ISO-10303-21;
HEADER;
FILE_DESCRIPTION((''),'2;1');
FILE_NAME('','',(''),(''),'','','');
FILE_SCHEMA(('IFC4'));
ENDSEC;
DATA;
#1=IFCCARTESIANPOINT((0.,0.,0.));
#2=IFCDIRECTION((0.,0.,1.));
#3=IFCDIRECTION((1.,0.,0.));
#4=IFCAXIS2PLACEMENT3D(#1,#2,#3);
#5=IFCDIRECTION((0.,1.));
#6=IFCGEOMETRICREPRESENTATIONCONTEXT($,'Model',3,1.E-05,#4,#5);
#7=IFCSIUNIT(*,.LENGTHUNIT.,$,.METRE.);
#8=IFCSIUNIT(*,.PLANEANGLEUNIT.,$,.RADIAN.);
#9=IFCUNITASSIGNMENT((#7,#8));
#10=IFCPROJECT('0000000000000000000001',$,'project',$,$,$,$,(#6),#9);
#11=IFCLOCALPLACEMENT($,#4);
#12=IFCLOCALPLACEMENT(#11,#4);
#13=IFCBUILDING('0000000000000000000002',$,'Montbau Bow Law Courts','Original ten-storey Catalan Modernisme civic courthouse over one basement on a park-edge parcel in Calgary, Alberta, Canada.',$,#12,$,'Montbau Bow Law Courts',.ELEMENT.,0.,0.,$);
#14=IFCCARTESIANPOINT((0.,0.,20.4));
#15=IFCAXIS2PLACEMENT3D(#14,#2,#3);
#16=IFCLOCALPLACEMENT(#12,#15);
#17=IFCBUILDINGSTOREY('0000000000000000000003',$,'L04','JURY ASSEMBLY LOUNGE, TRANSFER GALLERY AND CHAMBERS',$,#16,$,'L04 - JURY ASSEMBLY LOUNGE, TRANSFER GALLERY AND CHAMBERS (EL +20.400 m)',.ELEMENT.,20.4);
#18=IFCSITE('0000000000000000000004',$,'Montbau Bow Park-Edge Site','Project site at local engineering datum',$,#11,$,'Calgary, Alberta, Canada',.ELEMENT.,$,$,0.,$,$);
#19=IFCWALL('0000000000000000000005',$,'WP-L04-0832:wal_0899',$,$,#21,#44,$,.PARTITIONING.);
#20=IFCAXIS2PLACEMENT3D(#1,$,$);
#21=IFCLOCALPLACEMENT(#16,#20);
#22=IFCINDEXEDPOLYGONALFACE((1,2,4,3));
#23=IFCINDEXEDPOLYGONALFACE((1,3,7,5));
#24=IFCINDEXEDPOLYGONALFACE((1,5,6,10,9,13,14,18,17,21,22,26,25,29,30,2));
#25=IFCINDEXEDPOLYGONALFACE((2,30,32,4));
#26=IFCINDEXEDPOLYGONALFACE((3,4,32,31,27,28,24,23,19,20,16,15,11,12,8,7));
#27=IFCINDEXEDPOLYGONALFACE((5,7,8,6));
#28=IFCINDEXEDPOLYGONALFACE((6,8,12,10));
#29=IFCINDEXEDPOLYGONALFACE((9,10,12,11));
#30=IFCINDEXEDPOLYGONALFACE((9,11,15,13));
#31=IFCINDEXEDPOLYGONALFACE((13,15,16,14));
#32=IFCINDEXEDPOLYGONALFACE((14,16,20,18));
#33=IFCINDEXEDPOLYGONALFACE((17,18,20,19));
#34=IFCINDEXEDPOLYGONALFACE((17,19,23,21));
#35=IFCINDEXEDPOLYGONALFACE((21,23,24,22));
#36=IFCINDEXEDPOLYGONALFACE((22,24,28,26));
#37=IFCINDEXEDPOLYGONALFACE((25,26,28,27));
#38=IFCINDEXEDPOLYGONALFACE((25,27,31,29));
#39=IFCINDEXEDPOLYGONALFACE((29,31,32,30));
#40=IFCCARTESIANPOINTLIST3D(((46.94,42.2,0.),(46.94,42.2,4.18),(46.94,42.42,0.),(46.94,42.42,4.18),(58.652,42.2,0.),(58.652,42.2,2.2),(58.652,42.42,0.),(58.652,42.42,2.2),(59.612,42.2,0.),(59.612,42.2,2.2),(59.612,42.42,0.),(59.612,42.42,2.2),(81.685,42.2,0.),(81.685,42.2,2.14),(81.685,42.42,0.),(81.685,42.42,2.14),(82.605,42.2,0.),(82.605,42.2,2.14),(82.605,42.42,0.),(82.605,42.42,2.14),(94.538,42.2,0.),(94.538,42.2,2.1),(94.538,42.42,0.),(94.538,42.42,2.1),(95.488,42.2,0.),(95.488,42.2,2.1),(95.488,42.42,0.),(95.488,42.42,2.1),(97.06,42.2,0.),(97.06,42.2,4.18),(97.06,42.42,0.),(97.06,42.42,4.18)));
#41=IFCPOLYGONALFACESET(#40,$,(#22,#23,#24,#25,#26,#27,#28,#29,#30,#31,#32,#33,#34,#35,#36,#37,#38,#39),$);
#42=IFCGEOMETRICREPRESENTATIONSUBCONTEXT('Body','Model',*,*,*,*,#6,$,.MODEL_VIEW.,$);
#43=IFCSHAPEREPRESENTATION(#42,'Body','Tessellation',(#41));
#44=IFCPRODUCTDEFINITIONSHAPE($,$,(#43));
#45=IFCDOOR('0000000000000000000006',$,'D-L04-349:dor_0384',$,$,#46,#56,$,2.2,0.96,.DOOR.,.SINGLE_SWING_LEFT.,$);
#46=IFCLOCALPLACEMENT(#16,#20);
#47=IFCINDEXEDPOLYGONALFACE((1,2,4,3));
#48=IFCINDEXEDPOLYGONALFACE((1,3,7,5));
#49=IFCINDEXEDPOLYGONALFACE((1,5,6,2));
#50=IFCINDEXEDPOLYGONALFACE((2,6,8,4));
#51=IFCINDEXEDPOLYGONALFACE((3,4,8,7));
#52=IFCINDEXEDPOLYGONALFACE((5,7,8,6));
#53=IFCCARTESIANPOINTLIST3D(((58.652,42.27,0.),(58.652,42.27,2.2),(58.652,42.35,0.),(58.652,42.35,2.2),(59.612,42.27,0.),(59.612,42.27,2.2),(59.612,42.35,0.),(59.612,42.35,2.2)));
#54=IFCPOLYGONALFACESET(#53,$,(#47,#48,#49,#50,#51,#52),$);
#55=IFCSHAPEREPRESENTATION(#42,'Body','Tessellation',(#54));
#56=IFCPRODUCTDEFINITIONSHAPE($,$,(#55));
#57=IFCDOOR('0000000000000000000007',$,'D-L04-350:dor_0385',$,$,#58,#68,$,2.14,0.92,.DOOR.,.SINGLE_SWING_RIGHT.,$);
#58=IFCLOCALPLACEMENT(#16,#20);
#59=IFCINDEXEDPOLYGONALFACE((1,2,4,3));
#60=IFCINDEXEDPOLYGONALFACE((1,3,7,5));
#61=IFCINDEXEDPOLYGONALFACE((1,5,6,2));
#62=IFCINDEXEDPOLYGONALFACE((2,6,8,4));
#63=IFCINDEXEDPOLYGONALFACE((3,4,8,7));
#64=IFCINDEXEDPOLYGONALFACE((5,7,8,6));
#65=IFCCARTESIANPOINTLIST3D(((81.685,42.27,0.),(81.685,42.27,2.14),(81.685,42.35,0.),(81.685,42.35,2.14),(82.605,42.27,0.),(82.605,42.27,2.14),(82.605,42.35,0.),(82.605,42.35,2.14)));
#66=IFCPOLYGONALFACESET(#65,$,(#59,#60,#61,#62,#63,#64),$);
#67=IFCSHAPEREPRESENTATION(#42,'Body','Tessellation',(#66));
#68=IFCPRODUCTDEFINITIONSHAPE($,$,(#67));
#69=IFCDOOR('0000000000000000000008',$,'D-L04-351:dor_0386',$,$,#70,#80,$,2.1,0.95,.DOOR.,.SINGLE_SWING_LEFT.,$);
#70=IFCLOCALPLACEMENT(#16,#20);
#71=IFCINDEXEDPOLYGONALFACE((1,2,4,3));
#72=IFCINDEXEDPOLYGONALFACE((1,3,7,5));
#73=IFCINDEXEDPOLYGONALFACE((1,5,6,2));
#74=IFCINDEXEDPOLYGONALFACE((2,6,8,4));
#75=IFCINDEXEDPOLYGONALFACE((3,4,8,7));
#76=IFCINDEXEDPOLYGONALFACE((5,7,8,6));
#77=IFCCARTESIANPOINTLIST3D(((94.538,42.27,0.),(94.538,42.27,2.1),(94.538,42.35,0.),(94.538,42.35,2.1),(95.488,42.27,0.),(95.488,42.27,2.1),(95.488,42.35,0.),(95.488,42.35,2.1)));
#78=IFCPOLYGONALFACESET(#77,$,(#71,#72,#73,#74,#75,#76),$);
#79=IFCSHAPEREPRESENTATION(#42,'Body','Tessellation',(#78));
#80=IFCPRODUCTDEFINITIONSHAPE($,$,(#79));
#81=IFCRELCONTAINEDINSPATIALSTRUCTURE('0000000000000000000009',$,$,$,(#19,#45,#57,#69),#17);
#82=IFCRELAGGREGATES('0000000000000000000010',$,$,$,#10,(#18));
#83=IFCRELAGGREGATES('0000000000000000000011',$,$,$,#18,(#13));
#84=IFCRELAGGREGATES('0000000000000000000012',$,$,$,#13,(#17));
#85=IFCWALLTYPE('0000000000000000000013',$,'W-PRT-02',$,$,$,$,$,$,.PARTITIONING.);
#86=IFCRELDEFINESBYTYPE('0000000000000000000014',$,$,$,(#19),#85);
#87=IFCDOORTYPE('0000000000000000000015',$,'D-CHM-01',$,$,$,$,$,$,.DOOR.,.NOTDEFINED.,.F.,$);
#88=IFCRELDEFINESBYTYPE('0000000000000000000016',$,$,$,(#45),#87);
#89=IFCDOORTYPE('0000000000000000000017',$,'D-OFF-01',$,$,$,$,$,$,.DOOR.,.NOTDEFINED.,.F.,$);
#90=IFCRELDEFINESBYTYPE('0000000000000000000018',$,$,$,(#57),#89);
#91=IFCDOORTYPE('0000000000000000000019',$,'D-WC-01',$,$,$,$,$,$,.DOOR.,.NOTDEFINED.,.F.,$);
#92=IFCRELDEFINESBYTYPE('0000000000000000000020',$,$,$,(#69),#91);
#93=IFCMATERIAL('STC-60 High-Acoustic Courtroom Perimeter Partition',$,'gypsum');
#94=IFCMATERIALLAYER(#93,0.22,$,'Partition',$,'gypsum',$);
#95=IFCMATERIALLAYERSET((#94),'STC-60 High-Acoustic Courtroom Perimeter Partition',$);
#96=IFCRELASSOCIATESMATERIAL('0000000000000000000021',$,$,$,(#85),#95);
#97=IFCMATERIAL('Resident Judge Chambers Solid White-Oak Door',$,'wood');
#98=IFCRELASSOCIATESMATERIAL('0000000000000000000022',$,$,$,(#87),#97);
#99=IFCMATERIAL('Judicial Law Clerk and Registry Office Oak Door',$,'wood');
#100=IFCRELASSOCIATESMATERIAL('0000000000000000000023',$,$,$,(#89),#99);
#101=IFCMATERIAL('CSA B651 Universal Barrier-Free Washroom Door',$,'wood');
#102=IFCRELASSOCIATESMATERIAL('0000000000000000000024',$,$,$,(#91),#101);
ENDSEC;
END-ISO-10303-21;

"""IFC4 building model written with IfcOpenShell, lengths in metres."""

from ifc_helpers import new_model, si_unit, direction, frame, frame_2d, origin_with_axes, place, context, subcontext, project, spatial, rectangle, extrude, material, layer, layer_set, type_object, element, fill, save


model = new_model("IFC4")

# Units and contexts
model_context = context("Model", 3, precision=1e-05, world=origin_with_axes(), true_north=direction((0.0, 1.0)))
body_context = subcontext(model_context, "Body", "Model", "MODEL_VIEW")
ifc_project = project(units=[si_unit("LENGTHUNIT", "METRE"), si_unit("PLANEANGLEUNIT", "RADIAN")], contexts=[model_context])

# Site, building, storey
site_placement = place(None, origin_with_axes())
site = spatial("IfcSite", under=ifc_project, at=site_placement, Name="Montbau Bow Park-Edge Site", Description="Project site at local engineering datum", LongName="Calgary, Alberta, Canada", CompositionType="ELEMENT", RefElevation=0.0)
building_placement = place(site_placement, origin_with_axes())
building = spatial("IfcBuilding", under=site, at=building_placement, Name="Montbau Bow Law Courts", Description="Original ten-storey Catalan Modernisme civic courthouse over one basement on a park-edge parcel in Calgary, Alberta, Canada.", LongName="Montbau Bow Law Courts", CompositionType="ELEMENT", ElevationOfRefHeight=0.0, ElevationOfTerrain=0.0)
storey_placement = place(building_placement, frame((0.0, 0.0, 20.4), z_axis=(0.0, 0.0, 1.0), x_axis=(1.0, 0.0, 0.0)))
storey = spatial("IfcBuildingStorey", under=building, at=storey_placement, Name="L04", Description="JURY ASSEMBLY LOUNGE, TRANSFER GALLERY AND CHAMBERS", LongName="L04 - JURY ASSEMBLY LOUNGE, TRANSFER GALLERY AND CHAMBERS (EL +20.400 m)", CompositionType="ELEMENT", Elevation=20.4)

# Shared definitions
ifc_material_1 = material(Name="STC-60 High-Acoustic Courtroom Perimeter Partition", Category="gypsum")
ifc_layer_1 = layer(ifc_material_1, 0.22, Name="Partition", Category="gypsum")
ifc_layer_set_1 = layer_set([ifc_layer_1], Name="STC-60 High-Acoustic Courtroom Perimeter Partition")
wall_type = type_object("IfcWallType", Name="W-PRT-02", PredefinedType="PARTITIONING", material=ifc_layer_set_1)

# Wall, openings, doors
wall_1_placement = place(None, frame((46.94, 42.31, 20.4), z_axis=(0.0, 0.0, 1.0), x_axis=(1.0, 0.0, 0.0)))
wall_1 = element("IfcWall", 1, at=wall_1_placement, inside=storey, type_object=wall_type, Name="WP-L04-0832:wal_0899", PredefinedType="PARTITIONING", context=body_context, shape_type="SweptSolid", body=[
    extrude(rectangle(XDim=50.12, YDim=0.22, at=frame_2d((25.06, 0.0), x_axis=(1.0, 0.0))), origin_with_axes(), (0.0, 0.0, 1.0), 4.18),
])
opening_1_placement = place(None, frame((59.132, 42.31, 20.4), z_axis=(0.0, 0.0, 1.0), x_axis=(1.0, 0.0, 0.0)))
opening_1 = element("IfcOpeningElement", 2, at=opening_1_placement, cuts=wall_1, PredefinedType="OPENING", context=body_context, shape_type="SweptSolid", body=[
    extrude(rectangle(XDim=0.96, YDim=2.2, at=frame_2d((0.0, 1.1), x_axis=(1.0, 0.0))), frame((0.0, 0.12, 0.0), z_axis=(0.0, -1.0, 0.0), x_axis=(1.0, 0.0, 0.0)), (0.0, 0.0, 1.0), 0.24),
])
opening_2_placement = place(None, frame((82.145, 42.31, 20.4), z_axis=(0.0, 0.0, 1.0), x_axis=(1.0, 0.0, 0.0)))
opening_2 = element("IfcOpeningElement", 3, at=opening_2_placement, cuts=wall_1, PredefinedType="OPENING", context=body_context, shape_type="SweptSolid", body=[
    extrude(rectangle(XDim=0.92, YDim=2.14, at=frame_2d((0.0, 1.07), x_axis=(1.0, 0.0))), frame((0.0, 0.12, 0.0), z_axis=(0.0, -1.0, 0.0), x_axis=(1.0, 0.0, 0.0)), (0.0, 0.0, 1.0), 0.24),
])
opening_3_placement = place(None, frame((95.013, 42.31, 20.4), z_axis=(0.0, 0.0, 1.0), x_axis=(1.0, 0.0, 0.0)))
opening_3 = element("IfcOpeningElement", 4, at=opening_3_placement, cuts=wall_1, PredefinedType="OPENING", context=body_context, shape_type="SweptSolid", body=[
    extrude(rectangle(XDim=0.95, YDim=2.1, at=frame_2d((0.0, 1.05), x_axis=(1.0, 0.0))), frame((0.0, 0.12, 0.0), z_axis=(0.0, -1.0, 0.0), x_axis=(1.0, 0.0, 0.0)), (0.0, 0.0, 1.0), 0.24),
])
ifc_material_2 = material(Name="Resident Judge Chambers Solid White-Oak Door", Category="wood")
door_type_1 = type_object("IfcDoorType", Name="D-CHM-01", OperationType="NOTDEFINED", ParameterTakesPrecedence=False, PredefinedType="DOOR", material=ifc_material_2)
door_1_placement = place(None, frame((59.132, 42.31, 20.4), z_axis=(0.0, 0.0, 1.0), x_axis=(1.0, 0.0, 0.0)))
door_1 = element("IfcDoor", 5, at=door_1_placement, inside=storey, type_object=door_type_1, Name="D-L04-349:dor_0384", OperationType="SINGLE_SWING_LEFT", OverallHeight=2.2, OverallWidth=0.96, PredefinedType="DOOR", context=body_context, shape_type="SweptSolid", body=[
    extrude(rectangle(XDim=0.96, YDim=2.2, at=frame_2d((0.0, 1.1), x_axis=(1.0, 0.0))), frame((0.0, 0.04, 0.0), z_axis=(0.0, -1.0, 0.0), x_axis=(1.0, 0.0, 0.0)), (0.0, 0.0, 1.0), 0.08),
])
fill(opening_1, door_1)
ifc_material_3 = material(Name="Judicial Law Clerk and Registry Office Oak Door", Category="wood")
door_type_2 = type_object("IfcDoorType", Name="D-OFF-01", OperationType="NOTDEFINED", ParameterTakesPrecedence=False, PredefinedType="DOOR", material=ifc_material_3)
door_2_placement = place(None, frame((82.145, 42.31, 20.4), z_axis=(0.0, 0.0, 1.0), x_axis=(1.0, 0.0, 0.0)))
door_2 = element("IfcDoor", 6, at=door_2_placement, inside=storey, type_object=door_type_2, Name="D-L04-350:dor_0385", OperationType="SINGLE_SWING_RIGHT", OverallHeight=2.14, OverallWidth=0.92, PredefinedType="DOOR", context=body_context, shape_type="SweptSolid", body=[
    extrude(rectangle(XDim=0.92, YDim=2.14, at=frame_2d((0.0, 1.07), x_axis=(1.0, 0.0))), frame((0.0, 0.04, 0.0), z_axis=(0.0, -1.0, 0.0), x_axis=(1.0, 0.0, 0.0)), (0.0, 0.0, 1.0), 0.08),
])
fill(opening_2, door_2)
ifc_material_4 = material(Name="CSA B651 Universal Barrier-Free Washroom Door", Category="wood")
door_type_3 = type_object("IfcDoorType", Name="D-WC-01", OperationType="NOTDEFINED", ParameterTakesPrecedence=False, PredefinedType="DOOR", material=ifc_material_4)
door_3_placement = place(None, frame((95.013, 42.31, 20.4), z_axis=(0.0, 0.0, 1.0), x_axis=(1.0, 0.0, 0.0)))
door_3 = element("IfcDoor", 7, at=door_3_placement, inside=storey, type_object=door_type_3, Name="D-L04-351:dor_0386", OperationType="SINGLE_SWING_LEFT", OverallHeight=2.1, OverallWidth=0.95, PredefinedType="DOOR", context=body_context, shape_type="SweptSolid", body=[
    extrude(rectangle(XDim=0.95, YDim=2.1, at=frame_2d((0.0, 1.05), x_axis=(1.0, 0.0))), frame((0.0, 0.04, 0.0), z_axis=(0.0, -1.0, 0.0), x_axis=(1.0, 0.0, 0.0)), (0.0, 0.0, 1.0), 0.08),
])
fill(opening_3, door_3)

save(model, "model.ifc")
